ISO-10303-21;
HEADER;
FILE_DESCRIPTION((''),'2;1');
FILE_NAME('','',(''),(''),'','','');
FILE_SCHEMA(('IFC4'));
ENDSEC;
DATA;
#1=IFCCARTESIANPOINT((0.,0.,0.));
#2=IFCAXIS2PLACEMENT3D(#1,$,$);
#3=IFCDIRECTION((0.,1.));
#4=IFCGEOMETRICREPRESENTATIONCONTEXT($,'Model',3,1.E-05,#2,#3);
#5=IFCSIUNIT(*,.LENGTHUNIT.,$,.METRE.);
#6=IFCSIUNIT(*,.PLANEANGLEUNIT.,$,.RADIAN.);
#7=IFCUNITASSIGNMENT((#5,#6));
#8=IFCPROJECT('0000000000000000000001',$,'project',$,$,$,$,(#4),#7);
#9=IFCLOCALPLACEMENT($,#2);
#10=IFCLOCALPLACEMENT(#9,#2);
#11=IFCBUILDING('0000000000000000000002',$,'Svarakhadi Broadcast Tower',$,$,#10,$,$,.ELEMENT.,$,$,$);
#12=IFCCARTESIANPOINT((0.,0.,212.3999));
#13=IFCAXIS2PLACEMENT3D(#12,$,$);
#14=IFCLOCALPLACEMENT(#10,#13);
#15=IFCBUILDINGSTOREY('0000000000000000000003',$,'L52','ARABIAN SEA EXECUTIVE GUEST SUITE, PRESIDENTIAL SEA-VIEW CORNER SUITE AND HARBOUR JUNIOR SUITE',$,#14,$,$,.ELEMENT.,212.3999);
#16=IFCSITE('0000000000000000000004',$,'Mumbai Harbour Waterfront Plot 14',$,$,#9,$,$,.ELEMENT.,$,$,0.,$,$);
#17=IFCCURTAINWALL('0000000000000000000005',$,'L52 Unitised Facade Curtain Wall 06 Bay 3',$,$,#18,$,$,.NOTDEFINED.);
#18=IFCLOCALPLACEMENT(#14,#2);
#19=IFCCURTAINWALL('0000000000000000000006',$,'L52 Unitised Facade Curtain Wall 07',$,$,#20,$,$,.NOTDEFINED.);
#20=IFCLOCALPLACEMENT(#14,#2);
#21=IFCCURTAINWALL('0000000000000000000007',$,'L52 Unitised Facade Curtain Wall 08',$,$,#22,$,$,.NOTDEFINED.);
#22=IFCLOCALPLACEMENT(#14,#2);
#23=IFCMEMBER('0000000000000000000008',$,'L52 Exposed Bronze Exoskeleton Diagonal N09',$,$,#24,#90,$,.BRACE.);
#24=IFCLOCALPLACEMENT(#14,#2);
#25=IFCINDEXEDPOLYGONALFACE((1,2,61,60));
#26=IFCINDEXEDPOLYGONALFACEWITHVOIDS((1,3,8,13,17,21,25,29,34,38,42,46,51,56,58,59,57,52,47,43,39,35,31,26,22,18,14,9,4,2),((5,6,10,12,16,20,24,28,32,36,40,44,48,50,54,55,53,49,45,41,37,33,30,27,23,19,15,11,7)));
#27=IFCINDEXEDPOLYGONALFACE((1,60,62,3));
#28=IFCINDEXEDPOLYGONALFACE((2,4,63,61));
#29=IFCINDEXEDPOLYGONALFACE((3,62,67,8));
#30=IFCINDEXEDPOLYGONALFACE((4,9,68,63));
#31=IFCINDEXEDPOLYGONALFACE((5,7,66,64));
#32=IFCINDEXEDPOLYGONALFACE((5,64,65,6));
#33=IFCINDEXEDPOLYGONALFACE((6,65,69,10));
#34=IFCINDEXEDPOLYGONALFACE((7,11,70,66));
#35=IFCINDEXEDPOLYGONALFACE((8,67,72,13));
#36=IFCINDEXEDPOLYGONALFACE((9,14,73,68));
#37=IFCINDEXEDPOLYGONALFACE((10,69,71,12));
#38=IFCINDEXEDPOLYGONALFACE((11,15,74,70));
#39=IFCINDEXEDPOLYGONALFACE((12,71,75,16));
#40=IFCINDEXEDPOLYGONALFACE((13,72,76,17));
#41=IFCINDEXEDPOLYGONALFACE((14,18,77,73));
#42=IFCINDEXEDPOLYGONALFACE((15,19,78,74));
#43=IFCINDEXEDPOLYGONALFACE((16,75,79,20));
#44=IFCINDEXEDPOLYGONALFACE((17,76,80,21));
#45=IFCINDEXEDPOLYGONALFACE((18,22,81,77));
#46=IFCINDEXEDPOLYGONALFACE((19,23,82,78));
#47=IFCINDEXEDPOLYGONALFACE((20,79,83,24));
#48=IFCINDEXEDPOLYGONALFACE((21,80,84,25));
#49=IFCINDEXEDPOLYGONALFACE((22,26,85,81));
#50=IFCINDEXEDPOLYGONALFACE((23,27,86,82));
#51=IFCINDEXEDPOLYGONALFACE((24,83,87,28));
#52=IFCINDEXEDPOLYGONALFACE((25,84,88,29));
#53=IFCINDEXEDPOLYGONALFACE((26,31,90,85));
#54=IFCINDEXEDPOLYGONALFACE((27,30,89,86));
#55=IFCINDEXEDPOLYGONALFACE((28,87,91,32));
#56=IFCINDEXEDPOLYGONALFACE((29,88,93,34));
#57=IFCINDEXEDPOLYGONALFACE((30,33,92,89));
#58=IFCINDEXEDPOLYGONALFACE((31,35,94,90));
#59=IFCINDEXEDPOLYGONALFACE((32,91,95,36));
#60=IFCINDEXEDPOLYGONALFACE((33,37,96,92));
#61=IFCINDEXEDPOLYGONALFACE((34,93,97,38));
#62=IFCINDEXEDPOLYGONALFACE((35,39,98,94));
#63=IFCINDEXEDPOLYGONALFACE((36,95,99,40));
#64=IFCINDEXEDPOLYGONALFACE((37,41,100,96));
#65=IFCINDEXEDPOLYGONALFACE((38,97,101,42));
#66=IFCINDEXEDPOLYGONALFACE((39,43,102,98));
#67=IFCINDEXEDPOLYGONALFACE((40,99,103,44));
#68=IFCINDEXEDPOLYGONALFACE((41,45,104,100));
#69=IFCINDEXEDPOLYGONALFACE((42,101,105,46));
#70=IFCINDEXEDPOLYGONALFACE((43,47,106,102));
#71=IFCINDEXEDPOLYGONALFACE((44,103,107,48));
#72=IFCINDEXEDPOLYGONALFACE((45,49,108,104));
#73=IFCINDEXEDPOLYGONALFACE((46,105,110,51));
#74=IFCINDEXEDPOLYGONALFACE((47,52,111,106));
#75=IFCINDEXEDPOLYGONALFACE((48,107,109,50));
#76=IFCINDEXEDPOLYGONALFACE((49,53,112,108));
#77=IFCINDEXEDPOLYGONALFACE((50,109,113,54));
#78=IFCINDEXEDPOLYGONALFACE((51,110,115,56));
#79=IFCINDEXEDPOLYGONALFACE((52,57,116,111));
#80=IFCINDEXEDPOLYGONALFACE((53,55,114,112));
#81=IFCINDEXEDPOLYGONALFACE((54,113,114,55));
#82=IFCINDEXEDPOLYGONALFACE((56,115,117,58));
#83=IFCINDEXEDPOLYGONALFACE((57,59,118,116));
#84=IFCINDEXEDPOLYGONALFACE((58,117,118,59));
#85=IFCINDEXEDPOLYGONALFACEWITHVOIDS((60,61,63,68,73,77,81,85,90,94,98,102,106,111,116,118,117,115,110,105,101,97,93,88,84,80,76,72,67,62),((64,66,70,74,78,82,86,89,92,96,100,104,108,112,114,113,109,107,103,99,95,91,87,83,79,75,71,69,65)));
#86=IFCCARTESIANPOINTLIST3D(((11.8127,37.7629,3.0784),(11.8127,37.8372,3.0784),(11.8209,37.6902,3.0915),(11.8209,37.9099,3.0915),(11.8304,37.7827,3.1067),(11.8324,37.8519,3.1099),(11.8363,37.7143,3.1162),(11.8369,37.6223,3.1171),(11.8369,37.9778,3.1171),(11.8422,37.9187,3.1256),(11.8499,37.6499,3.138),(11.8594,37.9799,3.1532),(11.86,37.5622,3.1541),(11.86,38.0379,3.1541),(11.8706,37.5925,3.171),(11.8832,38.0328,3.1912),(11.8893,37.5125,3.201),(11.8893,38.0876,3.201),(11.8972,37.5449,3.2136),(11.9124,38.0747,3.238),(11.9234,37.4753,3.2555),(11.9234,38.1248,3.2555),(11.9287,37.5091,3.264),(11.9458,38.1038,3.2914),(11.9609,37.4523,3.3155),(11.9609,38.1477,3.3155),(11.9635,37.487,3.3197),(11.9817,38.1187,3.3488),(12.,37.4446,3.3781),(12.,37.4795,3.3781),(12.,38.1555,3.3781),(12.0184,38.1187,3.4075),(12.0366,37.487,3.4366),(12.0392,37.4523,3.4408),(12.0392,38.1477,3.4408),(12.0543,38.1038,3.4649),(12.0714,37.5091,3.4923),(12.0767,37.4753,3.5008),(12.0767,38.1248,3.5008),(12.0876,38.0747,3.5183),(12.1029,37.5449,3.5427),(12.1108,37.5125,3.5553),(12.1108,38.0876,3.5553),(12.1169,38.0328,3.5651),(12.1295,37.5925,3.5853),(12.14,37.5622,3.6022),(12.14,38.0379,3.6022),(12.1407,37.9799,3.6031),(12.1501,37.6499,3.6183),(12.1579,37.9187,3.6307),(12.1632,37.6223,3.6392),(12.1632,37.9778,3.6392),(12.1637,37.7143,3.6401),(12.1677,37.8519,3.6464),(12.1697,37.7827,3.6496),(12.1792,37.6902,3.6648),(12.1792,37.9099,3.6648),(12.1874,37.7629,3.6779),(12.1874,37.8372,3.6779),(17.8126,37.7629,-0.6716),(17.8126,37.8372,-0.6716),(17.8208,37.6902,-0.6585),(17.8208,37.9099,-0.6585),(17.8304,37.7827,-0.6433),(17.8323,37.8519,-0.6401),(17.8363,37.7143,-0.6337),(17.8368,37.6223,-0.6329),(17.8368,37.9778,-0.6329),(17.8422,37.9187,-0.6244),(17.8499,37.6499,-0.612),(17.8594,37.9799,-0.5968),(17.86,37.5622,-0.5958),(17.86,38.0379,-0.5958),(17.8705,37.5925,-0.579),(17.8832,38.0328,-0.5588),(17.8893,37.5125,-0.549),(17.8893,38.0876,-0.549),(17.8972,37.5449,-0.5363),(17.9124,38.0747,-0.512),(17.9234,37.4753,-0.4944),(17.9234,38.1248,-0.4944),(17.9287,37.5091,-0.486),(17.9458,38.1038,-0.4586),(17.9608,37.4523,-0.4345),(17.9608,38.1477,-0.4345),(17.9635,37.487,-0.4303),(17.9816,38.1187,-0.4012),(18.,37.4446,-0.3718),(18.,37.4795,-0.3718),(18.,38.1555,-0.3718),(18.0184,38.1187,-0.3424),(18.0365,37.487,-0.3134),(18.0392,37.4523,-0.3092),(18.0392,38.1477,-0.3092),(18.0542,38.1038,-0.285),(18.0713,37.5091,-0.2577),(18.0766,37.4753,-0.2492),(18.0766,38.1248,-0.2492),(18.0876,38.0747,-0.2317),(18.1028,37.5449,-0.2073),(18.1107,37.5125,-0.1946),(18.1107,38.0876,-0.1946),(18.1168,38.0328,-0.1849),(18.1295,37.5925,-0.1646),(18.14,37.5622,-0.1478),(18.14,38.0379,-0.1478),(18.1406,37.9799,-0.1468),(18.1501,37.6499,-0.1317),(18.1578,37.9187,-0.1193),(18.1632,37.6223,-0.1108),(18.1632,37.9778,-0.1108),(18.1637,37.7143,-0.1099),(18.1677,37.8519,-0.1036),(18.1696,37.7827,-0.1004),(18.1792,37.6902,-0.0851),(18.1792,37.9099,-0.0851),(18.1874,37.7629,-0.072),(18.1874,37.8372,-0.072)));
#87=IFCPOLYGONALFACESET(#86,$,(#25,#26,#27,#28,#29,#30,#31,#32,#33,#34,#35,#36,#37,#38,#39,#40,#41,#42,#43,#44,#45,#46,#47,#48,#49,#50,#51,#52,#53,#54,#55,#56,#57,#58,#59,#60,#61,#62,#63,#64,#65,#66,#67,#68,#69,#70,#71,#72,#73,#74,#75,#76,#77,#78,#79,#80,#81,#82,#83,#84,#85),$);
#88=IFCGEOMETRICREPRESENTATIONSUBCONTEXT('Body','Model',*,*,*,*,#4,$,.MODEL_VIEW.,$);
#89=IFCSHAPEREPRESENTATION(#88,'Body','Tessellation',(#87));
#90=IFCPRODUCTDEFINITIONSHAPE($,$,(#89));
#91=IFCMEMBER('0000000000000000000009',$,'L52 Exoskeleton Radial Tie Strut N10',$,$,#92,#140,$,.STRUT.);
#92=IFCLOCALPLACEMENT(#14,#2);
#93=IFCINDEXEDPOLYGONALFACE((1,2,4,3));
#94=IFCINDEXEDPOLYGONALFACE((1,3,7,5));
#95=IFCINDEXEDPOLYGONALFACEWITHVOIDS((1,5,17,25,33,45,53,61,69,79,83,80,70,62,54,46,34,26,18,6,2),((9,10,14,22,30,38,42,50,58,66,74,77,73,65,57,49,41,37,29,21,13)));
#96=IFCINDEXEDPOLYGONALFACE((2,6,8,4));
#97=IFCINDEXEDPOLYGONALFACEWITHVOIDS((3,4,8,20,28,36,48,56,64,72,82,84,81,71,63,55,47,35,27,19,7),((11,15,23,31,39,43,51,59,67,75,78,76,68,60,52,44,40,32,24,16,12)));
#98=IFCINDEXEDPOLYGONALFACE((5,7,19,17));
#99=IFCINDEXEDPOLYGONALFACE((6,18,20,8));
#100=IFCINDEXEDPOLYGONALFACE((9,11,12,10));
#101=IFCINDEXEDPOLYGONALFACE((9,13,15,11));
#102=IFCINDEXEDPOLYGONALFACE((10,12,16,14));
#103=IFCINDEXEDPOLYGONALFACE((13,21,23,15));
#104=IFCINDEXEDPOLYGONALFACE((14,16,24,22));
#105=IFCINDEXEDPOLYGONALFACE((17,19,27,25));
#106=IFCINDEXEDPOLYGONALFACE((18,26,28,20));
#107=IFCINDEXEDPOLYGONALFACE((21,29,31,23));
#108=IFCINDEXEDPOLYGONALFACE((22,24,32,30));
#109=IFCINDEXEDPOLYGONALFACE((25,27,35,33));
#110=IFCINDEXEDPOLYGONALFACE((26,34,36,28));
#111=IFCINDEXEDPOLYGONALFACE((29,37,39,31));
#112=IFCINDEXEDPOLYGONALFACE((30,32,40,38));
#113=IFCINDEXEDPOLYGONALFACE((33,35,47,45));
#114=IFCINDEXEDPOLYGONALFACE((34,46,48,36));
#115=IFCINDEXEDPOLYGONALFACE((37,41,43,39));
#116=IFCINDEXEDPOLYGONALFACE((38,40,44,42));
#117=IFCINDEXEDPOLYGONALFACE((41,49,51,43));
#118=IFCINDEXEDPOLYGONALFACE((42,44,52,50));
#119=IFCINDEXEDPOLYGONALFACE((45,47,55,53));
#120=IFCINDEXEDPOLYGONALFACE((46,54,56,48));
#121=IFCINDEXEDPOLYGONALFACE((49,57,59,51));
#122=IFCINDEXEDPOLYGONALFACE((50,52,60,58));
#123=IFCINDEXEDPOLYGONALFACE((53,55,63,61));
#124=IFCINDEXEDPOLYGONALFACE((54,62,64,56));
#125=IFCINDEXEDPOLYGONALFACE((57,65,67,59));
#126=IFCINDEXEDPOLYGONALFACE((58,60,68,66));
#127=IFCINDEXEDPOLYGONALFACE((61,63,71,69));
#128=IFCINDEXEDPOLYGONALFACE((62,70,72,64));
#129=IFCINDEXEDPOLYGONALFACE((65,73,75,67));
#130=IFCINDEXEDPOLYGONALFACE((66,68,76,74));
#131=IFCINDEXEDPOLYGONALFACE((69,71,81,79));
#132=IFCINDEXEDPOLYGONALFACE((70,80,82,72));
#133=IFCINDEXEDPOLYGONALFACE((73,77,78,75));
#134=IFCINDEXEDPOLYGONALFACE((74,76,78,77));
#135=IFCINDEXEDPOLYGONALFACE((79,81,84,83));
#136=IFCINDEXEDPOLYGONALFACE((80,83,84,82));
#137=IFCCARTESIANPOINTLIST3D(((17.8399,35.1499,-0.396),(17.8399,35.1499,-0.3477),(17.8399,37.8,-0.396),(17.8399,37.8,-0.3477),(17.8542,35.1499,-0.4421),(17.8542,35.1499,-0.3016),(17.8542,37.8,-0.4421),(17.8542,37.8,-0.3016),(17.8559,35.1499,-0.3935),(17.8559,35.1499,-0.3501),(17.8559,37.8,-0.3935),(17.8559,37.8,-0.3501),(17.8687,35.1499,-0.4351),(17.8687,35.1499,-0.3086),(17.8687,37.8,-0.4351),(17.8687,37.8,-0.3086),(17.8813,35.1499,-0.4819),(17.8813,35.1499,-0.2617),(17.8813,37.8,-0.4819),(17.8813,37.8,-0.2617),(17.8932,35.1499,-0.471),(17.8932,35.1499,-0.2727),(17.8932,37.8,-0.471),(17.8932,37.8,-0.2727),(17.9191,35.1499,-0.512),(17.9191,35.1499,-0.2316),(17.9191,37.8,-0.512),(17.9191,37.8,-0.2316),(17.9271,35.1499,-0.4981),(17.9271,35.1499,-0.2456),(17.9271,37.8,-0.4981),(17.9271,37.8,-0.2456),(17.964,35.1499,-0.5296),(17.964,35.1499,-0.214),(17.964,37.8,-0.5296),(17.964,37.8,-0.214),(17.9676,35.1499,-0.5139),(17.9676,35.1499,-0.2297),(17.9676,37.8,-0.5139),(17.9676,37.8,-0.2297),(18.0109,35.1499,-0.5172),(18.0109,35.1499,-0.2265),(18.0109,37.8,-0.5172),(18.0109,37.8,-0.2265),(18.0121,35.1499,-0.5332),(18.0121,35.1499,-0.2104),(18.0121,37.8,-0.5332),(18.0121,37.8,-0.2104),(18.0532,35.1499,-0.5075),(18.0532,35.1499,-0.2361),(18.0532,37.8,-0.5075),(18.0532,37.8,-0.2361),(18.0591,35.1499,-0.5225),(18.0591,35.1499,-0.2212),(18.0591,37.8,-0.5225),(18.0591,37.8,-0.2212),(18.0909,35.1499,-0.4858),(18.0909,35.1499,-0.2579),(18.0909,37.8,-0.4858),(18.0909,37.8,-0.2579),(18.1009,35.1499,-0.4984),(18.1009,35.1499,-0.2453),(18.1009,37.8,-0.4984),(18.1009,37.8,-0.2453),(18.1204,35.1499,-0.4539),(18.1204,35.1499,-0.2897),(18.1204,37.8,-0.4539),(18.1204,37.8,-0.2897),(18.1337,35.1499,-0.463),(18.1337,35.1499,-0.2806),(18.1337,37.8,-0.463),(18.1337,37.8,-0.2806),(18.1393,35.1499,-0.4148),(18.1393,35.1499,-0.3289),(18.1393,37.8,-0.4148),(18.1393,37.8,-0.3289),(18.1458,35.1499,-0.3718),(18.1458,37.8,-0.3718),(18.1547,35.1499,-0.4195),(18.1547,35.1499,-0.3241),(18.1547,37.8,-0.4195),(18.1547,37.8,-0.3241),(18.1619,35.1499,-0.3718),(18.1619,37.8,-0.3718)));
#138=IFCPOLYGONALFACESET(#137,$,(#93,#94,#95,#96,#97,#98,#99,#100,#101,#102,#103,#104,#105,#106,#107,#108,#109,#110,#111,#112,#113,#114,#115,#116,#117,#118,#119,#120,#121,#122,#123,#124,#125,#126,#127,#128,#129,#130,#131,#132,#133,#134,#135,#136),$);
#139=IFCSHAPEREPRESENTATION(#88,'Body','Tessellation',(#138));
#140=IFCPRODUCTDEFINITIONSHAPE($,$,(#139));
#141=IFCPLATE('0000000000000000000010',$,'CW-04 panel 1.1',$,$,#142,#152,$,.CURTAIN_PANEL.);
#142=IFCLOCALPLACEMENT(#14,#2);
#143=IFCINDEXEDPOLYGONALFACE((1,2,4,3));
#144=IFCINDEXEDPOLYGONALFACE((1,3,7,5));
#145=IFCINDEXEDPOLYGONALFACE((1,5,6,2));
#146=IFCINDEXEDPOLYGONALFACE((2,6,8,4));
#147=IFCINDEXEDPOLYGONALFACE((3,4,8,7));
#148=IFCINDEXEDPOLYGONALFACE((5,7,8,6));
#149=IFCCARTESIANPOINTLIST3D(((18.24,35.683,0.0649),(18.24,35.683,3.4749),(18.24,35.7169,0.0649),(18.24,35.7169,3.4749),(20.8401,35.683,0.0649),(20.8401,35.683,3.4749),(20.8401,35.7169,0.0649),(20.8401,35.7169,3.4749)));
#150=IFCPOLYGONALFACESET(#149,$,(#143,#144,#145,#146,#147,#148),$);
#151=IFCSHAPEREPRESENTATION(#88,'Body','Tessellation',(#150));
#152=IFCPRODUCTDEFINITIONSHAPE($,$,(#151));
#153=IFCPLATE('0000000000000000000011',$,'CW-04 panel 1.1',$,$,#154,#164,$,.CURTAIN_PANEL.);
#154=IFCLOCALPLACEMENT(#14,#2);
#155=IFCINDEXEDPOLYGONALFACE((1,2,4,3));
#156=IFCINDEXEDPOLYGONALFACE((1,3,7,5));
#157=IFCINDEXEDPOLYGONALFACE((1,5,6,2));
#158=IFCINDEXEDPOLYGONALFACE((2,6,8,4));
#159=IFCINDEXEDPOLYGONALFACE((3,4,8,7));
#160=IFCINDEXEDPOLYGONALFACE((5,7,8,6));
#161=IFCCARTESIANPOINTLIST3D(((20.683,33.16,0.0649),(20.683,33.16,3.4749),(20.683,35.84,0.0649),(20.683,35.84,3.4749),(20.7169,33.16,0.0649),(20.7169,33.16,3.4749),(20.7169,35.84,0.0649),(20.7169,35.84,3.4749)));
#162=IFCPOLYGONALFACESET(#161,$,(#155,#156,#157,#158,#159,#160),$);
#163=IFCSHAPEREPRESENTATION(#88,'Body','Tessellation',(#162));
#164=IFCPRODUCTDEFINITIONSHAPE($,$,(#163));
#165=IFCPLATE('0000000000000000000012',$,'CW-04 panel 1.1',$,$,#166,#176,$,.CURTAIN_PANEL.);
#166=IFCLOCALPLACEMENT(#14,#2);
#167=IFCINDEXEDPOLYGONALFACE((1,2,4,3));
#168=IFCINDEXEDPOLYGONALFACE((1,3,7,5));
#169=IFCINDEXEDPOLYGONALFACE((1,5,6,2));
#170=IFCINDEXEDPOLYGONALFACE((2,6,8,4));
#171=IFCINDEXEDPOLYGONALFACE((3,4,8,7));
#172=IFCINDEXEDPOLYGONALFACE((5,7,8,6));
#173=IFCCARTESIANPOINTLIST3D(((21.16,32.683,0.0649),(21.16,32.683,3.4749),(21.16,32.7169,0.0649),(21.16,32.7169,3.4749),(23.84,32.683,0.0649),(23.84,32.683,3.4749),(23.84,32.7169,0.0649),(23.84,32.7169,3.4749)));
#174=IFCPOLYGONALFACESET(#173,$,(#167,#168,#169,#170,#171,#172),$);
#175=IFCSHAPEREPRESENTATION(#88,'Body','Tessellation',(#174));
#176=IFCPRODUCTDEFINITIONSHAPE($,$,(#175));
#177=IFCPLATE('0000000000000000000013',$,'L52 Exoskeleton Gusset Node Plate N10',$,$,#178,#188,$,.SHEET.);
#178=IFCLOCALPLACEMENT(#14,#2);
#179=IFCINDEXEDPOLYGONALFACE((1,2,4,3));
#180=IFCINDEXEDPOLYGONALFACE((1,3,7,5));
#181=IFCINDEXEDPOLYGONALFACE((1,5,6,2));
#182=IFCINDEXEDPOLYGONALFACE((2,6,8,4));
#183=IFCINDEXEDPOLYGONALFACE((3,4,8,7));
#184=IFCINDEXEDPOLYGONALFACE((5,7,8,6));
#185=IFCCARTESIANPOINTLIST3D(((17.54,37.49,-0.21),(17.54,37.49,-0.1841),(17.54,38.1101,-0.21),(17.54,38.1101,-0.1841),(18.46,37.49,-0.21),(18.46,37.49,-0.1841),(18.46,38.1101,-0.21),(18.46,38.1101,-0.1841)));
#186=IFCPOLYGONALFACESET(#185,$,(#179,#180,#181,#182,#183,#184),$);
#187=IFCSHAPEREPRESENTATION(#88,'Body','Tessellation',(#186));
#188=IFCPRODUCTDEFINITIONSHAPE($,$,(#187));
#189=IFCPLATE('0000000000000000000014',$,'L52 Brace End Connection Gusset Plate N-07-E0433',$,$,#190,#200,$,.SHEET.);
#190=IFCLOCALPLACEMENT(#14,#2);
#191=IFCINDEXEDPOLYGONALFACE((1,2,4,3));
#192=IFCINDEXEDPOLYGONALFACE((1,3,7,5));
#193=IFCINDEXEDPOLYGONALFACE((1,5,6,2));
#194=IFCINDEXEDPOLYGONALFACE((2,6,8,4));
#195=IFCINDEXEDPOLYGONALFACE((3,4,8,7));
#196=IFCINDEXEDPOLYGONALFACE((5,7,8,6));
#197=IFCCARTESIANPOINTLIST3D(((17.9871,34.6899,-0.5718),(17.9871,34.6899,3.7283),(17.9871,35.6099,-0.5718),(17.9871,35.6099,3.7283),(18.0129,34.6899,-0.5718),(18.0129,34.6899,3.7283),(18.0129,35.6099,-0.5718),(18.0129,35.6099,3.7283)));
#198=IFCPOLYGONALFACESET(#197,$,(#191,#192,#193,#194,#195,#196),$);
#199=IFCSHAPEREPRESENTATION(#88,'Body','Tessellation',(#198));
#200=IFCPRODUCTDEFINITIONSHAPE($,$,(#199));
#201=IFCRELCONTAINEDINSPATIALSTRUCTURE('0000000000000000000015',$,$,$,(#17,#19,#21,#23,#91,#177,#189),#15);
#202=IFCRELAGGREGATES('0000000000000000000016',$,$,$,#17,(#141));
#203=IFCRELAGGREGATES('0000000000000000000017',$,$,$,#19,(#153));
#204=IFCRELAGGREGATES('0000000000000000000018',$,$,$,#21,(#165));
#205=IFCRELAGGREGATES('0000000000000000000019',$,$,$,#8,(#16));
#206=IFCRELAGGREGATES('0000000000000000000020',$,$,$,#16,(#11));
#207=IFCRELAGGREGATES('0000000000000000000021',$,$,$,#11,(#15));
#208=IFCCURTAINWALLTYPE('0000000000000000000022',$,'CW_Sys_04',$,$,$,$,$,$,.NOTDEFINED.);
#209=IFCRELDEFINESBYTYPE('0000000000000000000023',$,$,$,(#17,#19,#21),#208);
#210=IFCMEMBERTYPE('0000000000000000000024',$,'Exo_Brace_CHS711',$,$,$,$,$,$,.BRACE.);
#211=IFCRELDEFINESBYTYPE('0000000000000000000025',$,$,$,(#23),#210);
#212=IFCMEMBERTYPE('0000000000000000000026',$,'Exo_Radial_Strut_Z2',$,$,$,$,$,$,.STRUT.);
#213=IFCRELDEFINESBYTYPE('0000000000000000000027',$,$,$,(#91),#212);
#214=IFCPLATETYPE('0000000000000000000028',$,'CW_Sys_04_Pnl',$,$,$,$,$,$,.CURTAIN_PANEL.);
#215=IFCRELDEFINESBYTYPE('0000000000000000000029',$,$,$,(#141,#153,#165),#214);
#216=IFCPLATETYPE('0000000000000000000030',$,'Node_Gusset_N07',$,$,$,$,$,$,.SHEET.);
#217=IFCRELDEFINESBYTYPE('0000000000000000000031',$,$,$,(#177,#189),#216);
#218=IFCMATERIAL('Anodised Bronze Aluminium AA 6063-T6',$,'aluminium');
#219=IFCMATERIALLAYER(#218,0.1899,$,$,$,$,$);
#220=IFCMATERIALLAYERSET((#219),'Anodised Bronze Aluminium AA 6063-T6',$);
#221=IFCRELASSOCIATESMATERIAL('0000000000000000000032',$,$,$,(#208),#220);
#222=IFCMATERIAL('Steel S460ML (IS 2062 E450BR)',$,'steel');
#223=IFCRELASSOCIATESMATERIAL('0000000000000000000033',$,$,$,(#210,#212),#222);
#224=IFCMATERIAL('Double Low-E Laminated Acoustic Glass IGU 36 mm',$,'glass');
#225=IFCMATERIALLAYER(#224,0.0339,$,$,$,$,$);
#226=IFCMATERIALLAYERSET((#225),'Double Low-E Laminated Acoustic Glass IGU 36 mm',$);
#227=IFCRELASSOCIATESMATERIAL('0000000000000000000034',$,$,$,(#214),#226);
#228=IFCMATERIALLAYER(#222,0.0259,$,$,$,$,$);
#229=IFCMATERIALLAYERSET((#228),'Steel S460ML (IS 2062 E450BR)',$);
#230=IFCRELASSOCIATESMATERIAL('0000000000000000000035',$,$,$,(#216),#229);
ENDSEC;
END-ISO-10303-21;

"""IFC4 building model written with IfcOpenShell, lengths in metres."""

from ifc_helpers import new_model, si_unit, direction, frame, origin, origin_2d, place, context, subcontext, project, spatial, rectangle, hollow_circle, extrude, material, layer, layer_set, material_profile, profile_set, type_object, element, aggregate, save


model = new_model("IFC4")

# Units and contexts
model_context = context("Model", 3, precision=1e-05, world=origin(), true_north=direction((0.0, 1.0)))
body_context = subcontext(model_context, "Body", "Model", "MODEL_VIEW")
ifc_project = project(units=[si_unit("LENGTHUNIT", "METRE"), si_unit("PLANEANGLEUNIT", "RADIAN")], contexts=[model_context])

# Site, building, storey
site_placement = place(None, origin())
site = spatial("IfcSite", under=ifc_project, at=site_placement, Name="Mumbai Harbour Waterfront Plot 14", CompositionType="ELEMENT", RefElevation=0.0)
building_placement = place(site_placement, origin())
building = spatial("IfcBuilding", under=site, at=building_placement, Name="Svarakhadi Broadcast Tower", CompositionType="ELEMENT")
storey_placement = place(building_placement, frame((0.0, 0.0, 212.3999)))
storey = spatial("IfcBuildingStorey", under=building, at=storey_placement, Name="L52", Description="ARABIAN SEA EXECUTIVE GUEST SUITE, PRESIDENTIAL SEA-VIEW CORNER SUITE AND HARBOUR JUNIOR SUITE", CompositionType="ELEMENT", Elevation=212.3999)

# Shared definitions
ifc_material_1 = material(Name="Steel S460ML (IS 2062 E450BR)", Category="steel")

# Shared definitions
ifc_material_2 = material(Name="Anodised Bronze Aluminium AA 6063-T6", Category="aluminium")
ifc_layer_1 = layer(ifc_material_2, 0.1899)
ifc_layer_set_1 = layer_set([ifc_layer_1], Name="Anodised Bronze Aluminium AA 6063-T6")
curtain_wall_type = type_object("IfcCurtainWallType", Name="CW_Sys_04", PredefinedType="NOTDEFINED", material=ifc_layer_set_1)

# Curtain walls
curtain_wall_1_placement = place(storey_placement, origin())
curtain_wall_1 = element("IfcCurtainWall", 1, at=curtain_wall_1_placement, inside=storey, type_object=curtain_wall_type, Name="L52 Unitised Facade Curtain Wall 06 Bay 3", PredefinedType="NOTDEFINED")
curtain_wall_2_placement = place(storey_placement, origin())
curtain_wall_2 = element("IfcCurtainWall", 2, at=curtain_wall_2_placement, inside=storey, type_object=curtain_wall_type, Name="L52 Unitised Facade Curtain Wall 07", PredefinedType="NOTDEFINED")
curtain_wall_3_placement = place(storey_placement, origin())
curtain_wall_3 = element("IfcCurtainWall", 3, at=curtain_wall_3_placement, inside=storey, type_object=curtain_wall_type, Name="L52 Unitised Facade Curtain Wall 08", PredefinedType="NOTDEFINED")

# Members
ifc_material_profile_1 = material_profile(ifc_material_1, hollow_circle(Radius=0.3555, WallThickness=0.0349, at=origin_2d()), Name="CHS 711x35")
ifc_profile_set_1 = profile_set([ifc_material_profile_1], Name="Steel S460ML (IS 2062 E450BR)")
member_type_1 = type_object("IfcMemberType", Name="Exo_Brace_CHS711", PredefinedType="BRACE", material=ifc_profile_set_1)
member_1_placement = place(storey_placement, frame((18.0, 37.8, -0.3718), z_axis=(-0.847998, 0.0, 0.529999), x_axis=(0.0, -1.0, 0.0)))
element("IfcMember", 4, at=member_1_placement, inside=storey, type_object=member_type_1, Name="L52 Exposed Bronze Exoskeleton Diagonal N09", PredefinedType="BRACE", context=body_context, shape_type="SweptSolid", body=[
    extrude(hollow_circle(Radius=0.3555, WallThickness=0.0349, at=origin_2d()), origin(), (0.0, 0.0, 1.0), 7.0754),
])
ifc_material_profile_2 = material_profile(ifc_material_1, hollow_circle(Radius=0.1619, WallThickness=0.0161, at=origin_2d()), Name="CHS 323.9x16")
ifc_profile_set_2 = profile_set([ifc_material_profile_2], Name="Steel S460ML (IS 2062 E450BR)")
member_type_2 = type_object("IfcMemberType", Name="Exo_Radial_Strut_Z2", PredefinedType="STRUT", material=ifc_profile_set_2)
member_2_placement = place(storey_placement, frame((18.0, 37.8, -0.3718), z_axis=(0.0, -1.0, 0.0), x_axis=(1.0, 0.0, 0.0)))
element("IfcMember", 5, at=member_2_placement, inside=storey, type_object=member_type_2, Name="L52 Exoskeleton Radial Tie Strut N10", PredefinedType="STRUT", context=body_context, shape_type="SweptSolid", body=[
    extrude(hollow_circle(Radius=0.1619, WallThickness=0.0161, at=origin_2d()), origin(), (0.0, 0.0, 1.0), 2.6501),
])

# Plates
ifc_material_3 = material(Name="Double Low-E Laminated Acoustic Glass IGU 36 mm", Category="glass")
ifc_layer_2 = layer(ifc_material_3, 0.0339)
ifc_layer_set_2 = layer_set([ifc_layer_2], Name="Double Low-E Laminated Acoustic Glass IGU 36 mm")
plate_type_1 = type_object("IfcPlateType", Name="CW_Sys_04_Pnl", PredefinedType="CURTAIN_PANEL", material=ifc_layer_set_2)
plate_1_placement = place(storey_placement, frame((19.54, 35.7, 0.0649), z_axis=(0.0, 0.0, 1.0), x_axis=(1.0, 0.0, 0.0)))
plate_1 = element("IfcPlate", 6, at=plate_1_placement, type_object=plate_type_1, Name="CW-04 panel 1.1", PredefinedType="CURTAIN_PANEL", context=body_context, shape_type="SweptSolid", body=[
    extrude(rectangle(XDim=2.6001, YDim=0.0339, at=origin_2d()), origin(), (0.0, 0.0, 1.0), 3.4099),
])
aggregate(curtain_wall_1, [plate_1])
plate_2_placement = place(storey_placement, frame((20.7, 34.5, 0.0649), z_axis=(0.0, 0.0, 1.0), x_axis=(0.0, -1.0, 0.0)))
plate_2 = element("IfcPlate", 7, at=plate_2_placement, type_object=plate_type_1, Name="CW-04 panel 1.1", PredefinedType="CURTAIN_PANEL", context=body_context, shape_type="SweptSolid", body=[
    extrude(rectangle(XDim=2.6799, YDim=0.0339, at=origin_2d()), origin(), (0.0, 0.0, 1.0), 3.4099),
])
aggregate(curtain_wall_2, [plate_2])
plate_3_placement = place(storey_placement, frame((22.5, 32.7, 0.0649), z_axis=(0.0, 0.0, 1.0), x_axis=(1.0, 0.0, 0.0)))
plate_3 = element("IfcPlate", 8, at=plate_3_placement, type_object=plate_type_1, Name="CW-04 panel 1.1", PredefinedType="CURTAIN_PANEL", context=body_context, shape_type="SweptSolid", body=[
    extrude(rectangle(XDim=2.6799, YDim=0.0339, at=origin_2d()), origin(), (0.0, 0.0, 1.0), 3.4099),
])
aggregate(curtain_wall_3, [plate_3])

# Plates
ifc_layer_3 = layer(ifc_material_1, 0.0259)
ifc_layer_set_3 = layer_set([ifc_layer_3], Name="Steel S460ML (IS 2062 E450BR)")
plate_type_2 = type_object("IfcPlateType", Name="Node_Gusset_N07", PredefinedType="SHEET", material=ifc_layer_set_3)
plate_4_placement = place(storey_placement, frame((18.0, 37.8, -0.21), z_axis=(0.0, 0.0, 1.0), x_axis=(1.0, 0.0, 0.0)))
element("IfcPlate", 9, at=plate_4_placement, inside=storey, type_object=plate_type_2, Name="L52 Exoskeleton Gusset Node Plate N10", PredefinedType="SHEET", context=body_context, shape_type="SweptSolid", body=[
    extrude(rectangle(XDim=0.9199, YDim=0.6201, at=origin_2d()), origin(), (0.0, 0.0, 1.0), 0.0259),
])
plate_5_placement = place(storey_placement, frame((18.0, 35.1499, -0.5718), z_axis=(0.0, 0.0, 1.0), x_axis=(0.0, 1.0, 0.0)))
element("IfcPlate", 10, at=plate_5_placement, inside=storey, type_object=plate_type_2, Name="L52 Brace End Connection Gusset Plate N-07-E0433", PredefinedType="SHEET", context=body_context, shape_type="SweptSolid", body=[
    extrude(rectangle(XDim=0.9199, YDim=0.0259, at=origin_2d()), origin(), (0.0, 0.0, 1.0), 4.3),
])

save(model, "model.ifc")
